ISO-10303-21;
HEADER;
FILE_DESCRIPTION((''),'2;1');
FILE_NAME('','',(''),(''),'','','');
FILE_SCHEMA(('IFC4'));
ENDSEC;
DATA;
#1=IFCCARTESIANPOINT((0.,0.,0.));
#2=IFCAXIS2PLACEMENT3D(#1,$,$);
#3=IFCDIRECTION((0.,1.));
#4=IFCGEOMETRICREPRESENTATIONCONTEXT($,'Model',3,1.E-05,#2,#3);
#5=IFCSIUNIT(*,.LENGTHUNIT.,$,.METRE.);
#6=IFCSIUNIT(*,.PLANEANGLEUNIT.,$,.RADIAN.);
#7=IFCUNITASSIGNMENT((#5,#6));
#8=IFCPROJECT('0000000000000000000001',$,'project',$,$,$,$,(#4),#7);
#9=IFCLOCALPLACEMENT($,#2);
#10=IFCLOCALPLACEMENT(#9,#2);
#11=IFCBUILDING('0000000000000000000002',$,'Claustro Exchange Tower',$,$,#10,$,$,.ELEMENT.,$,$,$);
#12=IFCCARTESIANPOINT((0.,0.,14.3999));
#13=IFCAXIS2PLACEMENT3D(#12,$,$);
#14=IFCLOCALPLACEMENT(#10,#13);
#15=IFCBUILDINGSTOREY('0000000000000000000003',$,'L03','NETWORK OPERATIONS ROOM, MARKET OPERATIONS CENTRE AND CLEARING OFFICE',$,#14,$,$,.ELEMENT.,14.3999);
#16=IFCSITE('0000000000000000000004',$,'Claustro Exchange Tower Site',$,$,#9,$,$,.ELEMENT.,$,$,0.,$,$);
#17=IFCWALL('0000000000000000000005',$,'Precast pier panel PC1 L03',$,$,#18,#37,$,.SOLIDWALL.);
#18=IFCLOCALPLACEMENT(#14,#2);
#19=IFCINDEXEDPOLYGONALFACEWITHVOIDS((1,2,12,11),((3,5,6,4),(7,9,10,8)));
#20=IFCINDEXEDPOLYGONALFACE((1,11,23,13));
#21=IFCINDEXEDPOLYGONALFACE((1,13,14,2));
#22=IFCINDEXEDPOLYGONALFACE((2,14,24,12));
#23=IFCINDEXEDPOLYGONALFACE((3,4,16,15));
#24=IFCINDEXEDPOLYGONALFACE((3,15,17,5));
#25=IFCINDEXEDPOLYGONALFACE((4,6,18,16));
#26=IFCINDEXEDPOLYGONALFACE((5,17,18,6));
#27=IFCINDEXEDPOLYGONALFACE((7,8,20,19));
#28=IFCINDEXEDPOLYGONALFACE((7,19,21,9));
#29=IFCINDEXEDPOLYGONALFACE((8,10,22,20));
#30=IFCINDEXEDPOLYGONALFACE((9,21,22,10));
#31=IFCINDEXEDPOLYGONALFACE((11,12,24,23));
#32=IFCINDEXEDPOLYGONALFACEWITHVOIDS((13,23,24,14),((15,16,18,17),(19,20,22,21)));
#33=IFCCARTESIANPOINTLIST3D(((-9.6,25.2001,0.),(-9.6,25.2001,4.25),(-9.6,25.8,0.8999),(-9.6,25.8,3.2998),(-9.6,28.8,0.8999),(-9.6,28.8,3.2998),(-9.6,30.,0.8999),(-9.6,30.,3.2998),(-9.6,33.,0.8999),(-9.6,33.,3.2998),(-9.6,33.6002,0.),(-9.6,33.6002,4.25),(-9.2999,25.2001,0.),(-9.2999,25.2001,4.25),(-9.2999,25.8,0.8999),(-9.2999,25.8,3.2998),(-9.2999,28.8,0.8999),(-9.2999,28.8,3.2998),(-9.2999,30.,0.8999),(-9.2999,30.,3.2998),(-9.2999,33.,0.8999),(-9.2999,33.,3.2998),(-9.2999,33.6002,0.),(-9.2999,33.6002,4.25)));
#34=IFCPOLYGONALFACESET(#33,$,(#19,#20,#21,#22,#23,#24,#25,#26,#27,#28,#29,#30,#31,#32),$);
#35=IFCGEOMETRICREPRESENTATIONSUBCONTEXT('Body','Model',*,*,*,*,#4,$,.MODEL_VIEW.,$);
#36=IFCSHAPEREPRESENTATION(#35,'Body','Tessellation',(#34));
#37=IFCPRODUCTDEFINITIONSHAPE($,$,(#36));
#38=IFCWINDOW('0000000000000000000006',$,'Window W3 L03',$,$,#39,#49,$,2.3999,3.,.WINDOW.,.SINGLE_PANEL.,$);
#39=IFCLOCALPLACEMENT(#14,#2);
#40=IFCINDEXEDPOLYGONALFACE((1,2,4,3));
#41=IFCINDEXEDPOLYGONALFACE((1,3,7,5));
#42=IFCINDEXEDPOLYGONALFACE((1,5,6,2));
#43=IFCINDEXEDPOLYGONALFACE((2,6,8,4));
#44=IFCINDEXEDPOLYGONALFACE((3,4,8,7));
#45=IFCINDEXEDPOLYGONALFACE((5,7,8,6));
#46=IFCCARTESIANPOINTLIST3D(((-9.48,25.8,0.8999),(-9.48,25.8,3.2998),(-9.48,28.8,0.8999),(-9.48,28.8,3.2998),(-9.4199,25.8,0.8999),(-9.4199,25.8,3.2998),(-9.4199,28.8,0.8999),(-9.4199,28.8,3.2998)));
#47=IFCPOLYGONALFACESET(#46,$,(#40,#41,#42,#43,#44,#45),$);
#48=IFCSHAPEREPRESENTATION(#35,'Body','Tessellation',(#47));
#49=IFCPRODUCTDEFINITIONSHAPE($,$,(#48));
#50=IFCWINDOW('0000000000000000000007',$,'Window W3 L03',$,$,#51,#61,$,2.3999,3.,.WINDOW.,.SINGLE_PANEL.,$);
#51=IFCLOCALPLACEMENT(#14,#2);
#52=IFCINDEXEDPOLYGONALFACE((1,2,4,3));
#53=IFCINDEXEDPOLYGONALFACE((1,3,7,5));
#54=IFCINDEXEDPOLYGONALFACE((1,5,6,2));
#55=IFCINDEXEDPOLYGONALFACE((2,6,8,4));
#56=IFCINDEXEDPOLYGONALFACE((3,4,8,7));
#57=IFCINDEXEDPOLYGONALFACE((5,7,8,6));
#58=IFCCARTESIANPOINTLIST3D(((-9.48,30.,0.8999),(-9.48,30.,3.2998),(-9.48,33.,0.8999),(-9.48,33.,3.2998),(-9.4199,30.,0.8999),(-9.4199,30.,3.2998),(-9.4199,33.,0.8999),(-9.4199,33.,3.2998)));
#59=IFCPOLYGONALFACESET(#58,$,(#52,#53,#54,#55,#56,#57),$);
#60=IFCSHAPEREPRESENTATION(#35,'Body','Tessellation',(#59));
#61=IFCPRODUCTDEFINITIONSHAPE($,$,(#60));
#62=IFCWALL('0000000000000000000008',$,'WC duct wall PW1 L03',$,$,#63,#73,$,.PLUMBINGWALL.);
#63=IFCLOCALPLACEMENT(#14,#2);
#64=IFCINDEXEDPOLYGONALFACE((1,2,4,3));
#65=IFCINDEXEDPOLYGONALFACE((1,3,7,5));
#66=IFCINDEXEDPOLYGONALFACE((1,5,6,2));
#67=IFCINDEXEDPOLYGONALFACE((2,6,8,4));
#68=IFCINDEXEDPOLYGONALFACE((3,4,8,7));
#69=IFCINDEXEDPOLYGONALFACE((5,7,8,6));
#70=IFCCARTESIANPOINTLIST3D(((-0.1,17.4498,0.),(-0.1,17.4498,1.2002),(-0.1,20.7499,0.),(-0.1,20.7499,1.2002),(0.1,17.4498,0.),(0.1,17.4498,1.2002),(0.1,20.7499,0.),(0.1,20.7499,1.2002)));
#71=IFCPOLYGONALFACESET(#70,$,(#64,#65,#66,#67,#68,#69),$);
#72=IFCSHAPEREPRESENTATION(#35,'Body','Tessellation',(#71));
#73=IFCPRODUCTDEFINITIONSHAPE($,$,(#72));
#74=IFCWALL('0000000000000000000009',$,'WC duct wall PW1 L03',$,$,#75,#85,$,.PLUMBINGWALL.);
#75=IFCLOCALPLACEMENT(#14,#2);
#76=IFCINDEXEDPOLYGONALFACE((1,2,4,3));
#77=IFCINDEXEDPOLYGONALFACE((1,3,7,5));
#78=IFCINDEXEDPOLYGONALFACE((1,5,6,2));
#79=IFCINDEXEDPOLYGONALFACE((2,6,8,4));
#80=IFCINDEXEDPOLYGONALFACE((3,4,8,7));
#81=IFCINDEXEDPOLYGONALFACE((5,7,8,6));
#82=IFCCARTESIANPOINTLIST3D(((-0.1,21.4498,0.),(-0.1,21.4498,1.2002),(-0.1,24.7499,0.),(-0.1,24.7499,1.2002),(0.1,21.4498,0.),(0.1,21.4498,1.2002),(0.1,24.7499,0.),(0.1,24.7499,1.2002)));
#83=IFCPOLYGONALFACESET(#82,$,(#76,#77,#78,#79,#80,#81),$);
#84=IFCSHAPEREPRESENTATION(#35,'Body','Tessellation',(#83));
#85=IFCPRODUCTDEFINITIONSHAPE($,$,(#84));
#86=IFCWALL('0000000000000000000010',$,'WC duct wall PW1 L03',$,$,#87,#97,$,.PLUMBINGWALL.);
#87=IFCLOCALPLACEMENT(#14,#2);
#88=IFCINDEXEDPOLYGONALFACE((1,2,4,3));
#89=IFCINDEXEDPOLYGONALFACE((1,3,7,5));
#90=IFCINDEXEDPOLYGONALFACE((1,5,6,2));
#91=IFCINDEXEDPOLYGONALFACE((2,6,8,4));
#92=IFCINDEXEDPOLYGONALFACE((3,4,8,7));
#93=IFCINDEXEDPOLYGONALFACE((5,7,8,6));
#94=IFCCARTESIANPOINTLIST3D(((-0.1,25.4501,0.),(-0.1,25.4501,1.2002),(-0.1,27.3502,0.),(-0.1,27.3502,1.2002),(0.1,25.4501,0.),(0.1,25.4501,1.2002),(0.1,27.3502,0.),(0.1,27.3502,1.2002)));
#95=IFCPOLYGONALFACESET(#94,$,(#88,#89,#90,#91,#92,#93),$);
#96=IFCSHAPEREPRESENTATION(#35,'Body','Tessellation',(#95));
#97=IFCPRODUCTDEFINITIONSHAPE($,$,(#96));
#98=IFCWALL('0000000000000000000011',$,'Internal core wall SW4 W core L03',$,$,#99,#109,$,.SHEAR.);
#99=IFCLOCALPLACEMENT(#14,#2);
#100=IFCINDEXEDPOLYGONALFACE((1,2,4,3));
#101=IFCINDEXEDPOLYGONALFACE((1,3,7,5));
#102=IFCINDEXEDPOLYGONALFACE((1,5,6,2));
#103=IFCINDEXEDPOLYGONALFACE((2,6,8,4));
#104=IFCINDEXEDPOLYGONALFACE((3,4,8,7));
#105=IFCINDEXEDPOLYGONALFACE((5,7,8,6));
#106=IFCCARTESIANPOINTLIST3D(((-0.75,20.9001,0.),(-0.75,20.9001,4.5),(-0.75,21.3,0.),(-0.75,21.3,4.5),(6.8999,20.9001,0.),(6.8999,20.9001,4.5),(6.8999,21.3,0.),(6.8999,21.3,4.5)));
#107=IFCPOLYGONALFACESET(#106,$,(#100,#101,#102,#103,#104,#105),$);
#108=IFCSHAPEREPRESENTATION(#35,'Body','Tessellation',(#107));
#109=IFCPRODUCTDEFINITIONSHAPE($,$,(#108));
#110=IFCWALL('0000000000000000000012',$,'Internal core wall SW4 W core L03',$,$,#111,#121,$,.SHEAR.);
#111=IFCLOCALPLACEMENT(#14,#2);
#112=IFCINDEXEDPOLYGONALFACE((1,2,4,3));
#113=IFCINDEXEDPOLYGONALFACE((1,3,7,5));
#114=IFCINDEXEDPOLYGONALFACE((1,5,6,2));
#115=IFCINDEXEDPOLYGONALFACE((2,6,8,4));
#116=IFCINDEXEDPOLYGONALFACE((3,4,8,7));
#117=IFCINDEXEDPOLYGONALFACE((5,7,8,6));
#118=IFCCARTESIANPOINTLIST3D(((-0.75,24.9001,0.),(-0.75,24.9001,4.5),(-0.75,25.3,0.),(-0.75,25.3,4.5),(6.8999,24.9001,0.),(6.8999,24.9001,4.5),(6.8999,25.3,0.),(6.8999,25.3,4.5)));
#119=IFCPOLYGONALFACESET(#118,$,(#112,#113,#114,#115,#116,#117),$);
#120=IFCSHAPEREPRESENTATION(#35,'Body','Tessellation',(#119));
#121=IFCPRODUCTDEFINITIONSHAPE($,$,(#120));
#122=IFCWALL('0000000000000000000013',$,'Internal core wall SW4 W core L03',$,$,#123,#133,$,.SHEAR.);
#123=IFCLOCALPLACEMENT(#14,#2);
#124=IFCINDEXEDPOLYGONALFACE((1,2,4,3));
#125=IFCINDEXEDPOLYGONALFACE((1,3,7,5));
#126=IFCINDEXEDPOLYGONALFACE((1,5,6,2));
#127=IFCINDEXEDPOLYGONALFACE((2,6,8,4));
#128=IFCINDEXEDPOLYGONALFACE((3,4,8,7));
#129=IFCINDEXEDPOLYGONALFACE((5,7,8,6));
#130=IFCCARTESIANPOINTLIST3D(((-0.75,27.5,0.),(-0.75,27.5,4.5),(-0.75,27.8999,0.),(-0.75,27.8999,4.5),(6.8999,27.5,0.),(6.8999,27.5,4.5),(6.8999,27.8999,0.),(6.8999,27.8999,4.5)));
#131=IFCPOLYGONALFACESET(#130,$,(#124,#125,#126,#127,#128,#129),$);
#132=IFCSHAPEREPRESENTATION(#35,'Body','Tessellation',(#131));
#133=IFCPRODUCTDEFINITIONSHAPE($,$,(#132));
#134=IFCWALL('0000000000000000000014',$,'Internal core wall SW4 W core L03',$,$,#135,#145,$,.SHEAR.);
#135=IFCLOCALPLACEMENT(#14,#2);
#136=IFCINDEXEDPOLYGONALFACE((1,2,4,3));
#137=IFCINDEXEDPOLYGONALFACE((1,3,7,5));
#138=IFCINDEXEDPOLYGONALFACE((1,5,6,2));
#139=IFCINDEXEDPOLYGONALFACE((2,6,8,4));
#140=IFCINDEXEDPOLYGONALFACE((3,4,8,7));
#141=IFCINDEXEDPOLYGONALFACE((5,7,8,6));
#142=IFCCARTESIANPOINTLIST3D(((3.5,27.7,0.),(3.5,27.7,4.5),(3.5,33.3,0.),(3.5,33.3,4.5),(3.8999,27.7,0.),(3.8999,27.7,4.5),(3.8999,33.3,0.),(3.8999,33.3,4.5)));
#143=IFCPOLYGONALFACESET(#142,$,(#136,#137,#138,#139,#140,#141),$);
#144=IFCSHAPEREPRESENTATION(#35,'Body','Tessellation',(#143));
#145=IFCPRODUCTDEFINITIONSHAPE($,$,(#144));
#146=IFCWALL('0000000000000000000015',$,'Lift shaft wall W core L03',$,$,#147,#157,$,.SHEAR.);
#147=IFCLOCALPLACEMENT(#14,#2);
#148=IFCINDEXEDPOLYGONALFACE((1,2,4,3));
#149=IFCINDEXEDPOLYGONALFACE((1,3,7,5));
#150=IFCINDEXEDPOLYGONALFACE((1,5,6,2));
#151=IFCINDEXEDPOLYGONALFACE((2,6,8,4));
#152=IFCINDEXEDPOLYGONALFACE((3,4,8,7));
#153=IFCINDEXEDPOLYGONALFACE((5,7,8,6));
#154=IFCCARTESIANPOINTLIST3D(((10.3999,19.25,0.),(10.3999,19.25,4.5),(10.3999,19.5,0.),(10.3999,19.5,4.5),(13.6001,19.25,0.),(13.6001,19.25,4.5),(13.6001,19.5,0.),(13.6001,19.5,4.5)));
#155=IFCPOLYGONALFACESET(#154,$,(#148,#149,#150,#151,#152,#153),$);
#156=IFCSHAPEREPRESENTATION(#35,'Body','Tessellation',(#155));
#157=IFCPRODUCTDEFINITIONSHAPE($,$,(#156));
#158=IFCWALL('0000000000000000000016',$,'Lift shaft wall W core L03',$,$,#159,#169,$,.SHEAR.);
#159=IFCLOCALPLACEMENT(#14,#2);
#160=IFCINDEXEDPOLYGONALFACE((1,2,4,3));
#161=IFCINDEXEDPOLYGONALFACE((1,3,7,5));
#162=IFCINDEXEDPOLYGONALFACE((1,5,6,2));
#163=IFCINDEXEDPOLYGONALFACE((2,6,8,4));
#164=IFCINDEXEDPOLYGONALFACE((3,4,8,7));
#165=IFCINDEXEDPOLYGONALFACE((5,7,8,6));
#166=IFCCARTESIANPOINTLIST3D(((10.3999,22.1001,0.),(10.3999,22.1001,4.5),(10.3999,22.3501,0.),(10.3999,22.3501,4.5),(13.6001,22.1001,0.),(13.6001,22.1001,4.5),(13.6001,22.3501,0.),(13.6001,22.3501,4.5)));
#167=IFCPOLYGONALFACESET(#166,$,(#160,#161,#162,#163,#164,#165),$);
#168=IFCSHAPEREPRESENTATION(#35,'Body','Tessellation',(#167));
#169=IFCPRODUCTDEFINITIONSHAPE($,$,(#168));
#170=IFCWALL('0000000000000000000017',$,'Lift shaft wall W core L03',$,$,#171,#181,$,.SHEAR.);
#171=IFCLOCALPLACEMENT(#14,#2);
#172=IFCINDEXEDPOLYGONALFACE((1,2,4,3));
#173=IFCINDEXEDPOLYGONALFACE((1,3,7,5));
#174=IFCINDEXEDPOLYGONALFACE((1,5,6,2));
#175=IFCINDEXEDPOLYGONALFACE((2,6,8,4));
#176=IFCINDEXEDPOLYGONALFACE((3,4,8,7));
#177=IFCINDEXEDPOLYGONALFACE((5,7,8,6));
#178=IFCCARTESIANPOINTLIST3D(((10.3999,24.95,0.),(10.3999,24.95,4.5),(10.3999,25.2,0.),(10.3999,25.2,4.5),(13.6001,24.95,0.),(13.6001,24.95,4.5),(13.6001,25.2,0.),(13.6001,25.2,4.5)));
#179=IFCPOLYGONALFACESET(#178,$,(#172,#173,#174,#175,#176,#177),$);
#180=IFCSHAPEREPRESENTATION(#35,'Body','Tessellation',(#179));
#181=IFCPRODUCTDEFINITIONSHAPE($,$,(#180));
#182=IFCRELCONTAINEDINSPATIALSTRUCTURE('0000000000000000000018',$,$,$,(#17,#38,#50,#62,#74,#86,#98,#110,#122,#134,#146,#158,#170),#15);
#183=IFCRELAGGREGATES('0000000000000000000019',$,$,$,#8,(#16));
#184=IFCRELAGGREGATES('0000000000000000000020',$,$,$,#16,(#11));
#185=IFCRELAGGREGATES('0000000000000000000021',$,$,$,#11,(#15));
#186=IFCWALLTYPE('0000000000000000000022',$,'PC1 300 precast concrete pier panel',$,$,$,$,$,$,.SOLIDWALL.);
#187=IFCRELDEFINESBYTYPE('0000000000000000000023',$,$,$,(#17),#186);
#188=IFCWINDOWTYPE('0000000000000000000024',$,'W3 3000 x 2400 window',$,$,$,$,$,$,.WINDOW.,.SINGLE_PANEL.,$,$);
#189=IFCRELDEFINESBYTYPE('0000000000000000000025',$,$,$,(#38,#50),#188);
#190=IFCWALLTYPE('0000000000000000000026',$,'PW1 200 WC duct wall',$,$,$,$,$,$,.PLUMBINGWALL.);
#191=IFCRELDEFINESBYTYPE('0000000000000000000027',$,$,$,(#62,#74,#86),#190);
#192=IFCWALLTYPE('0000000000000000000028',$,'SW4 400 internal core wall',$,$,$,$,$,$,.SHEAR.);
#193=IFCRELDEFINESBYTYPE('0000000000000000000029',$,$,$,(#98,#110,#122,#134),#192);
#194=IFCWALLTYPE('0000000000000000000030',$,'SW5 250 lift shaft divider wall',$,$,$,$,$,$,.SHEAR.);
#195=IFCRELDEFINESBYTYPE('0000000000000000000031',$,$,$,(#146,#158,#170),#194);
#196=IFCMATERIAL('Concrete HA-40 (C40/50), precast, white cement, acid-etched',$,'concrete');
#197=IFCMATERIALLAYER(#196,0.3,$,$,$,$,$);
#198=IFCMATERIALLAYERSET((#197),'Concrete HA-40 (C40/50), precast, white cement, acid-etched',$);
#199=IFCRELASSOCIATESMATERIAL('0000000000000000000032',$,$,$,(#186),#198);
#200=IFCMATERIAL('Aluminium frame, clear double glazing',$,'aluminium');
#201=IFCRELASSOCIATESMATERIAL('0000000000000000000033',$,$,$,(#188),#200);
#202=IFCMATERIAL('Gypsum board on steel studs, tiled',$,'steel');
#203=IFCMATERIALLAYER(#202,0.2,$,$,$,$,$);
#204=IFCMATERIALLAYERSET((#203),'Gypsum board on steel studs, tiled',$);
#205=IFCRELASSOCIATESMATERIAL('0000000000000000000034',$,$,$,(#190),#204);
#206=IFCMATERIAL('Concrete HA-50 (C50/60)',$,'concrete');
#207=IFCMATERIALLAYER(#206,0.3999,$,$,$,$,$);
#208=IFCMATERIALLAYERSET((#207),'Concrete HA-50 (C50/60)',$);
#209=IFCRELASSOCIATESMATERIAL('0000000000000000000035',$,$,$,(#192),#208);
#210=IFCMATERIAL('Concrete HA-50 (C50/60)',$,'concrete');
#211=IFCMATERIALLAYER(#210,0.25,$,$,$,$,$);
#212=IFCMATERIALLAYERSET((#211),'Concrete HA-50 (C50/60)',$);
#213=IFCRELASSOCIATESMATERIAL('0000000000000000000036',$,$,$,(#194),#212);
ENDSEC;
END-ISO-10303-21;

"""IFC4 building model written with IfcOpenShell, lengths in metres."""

from ifc_helpers import new_model, si_unit, direction, frame, frame_2d, origin, place, context, subcontext, project, spatial, rectangle, extrude, material, layer, layer_set, type_object, element, fill, save


model = new_model("IFC4")

# Units and contexts
model_context = context("Model", 3, precision=1e-05, world=origin(), true_north=direction((0.0, 1.0)))
body_context = subcontext(model_context, "Body", "Model", "MODEL_VIEW")
ifc_project = project(units=[si_unit("LENGTHUNIT", "METRE"), si_unit("PLANEANGLEUNIT", "RADIAN")], contexts=[model_context])

# Site, building, storey
site_placement = place(None, origin())
site = spatial("IfcSite", under=ifc_project, at=site_placement, Name="Claustro Exchange Tower Site", CompositionType="ELEMENT", RefElevation=0.0)
building_placement = place(site_placement, origin())
building = spatial("IfcBuilding", under=site, at=building_placement, Name="Claustro Exchange Tower", CompositionType="ELEMENT")
storey_placement = place(building_placement, frame((0.0, 0.0, 14.3999)))
storey = spatial("IfcBuildingStorey", under=building, at=storey_placement, Name="L03", Description="NETWORK OPERATIONS ROOM, MARKET OPERATIONS CENTRE AND CLEARING OFFICE", CompositionType="ELEMENT", Elevation=14.3999)

# Wall, openings, windows
ifc_material_1 = material(Name="Concrete HA-40 (C40/50), precast, white cement, acid-etched", Category="concrete")
ifc_layer_1 = layer(ifc_material_1, 0.3)
ifc_layer_set_1 = layer_set([ifc_layer_1], Name="Concrete HA-40 (C40/50), precast, white cement, acid-etched")
wall_type_1 = type_object("IfcWallType", Name="PC1 300 precast concrete pier panel", PredefinedType="SOLIDWALL", material=ifc_layer_set_1)
wall_1_placement = place(storey_placement, frame((-9.45, 25.2, 0.0), z_axis=(0.0, 0.0, 1.0), x_axis=(0.0, 1.0, 0.0)))
wall_1 = element("IfcWall", 1, at=wall_1_placement, inside=storey, type_object=wall_type_1, Name="Precast pier panel PC1 L03", PredefinedType="SOLIDWALL", context=body_context, shape_type="SweptSolid", body=[
    extrude(rectangle(XDim=8.4001, YDim=0.3, at=frame_2d((4.2002, 0.0))), origin(), (0.0, 0.0, 1.0), 4.25),
])
opening_1_placement = place(wall_1_placement, frame((0.6001, 0.0, 0.8999)))
opening_1 = element("IfcOpeningElement", 2, at=opening_1_placement, cuts=wall_1, PredefinedType="OPENING", context=body_context, shape_type="SweptSolid", body=[
    extrude(rectangle(XDim=3.0, YDim=2.3999, at=frame_2d((1.5, 1.2))), frame((0.0, 0.1599, 0.0), z_axis=(0.0, -1.0, 0.0), x_axis=(1.0, 0.0, 0.0)), (0.0, 0.0, 1.0), 0.3201),
])
opening_2_placement = place(wall_1_placement, frame((4.8, 0.0, 0.8999)))
opening_2 = element("IfcOpeningElement", 3, at=opening_2_placement, cuts=wall_1, PredefinedType="OPENING", context=body_context, shape_type="SweptSolid", body=[
    extrude(rectangle(XDim=3.0, YDim=2.3999, at=frame_2d((1.5, 1.2))), frame((0.0, 0.1599, 0.0), z_axis=(0.0, -1.0, 0.0), x_axis=(1.0, 0.0, 0.0)), (0.0, 0.0, 1.0), 0.3201),
])
ifc_material_2 = material(Name="Aluminium frame, clear double glazing", Category="aluminium")
window_type = type_object("IfcWindowType", Name="W3 3000 x 2400 window", PartitioningType="SINGLE_PANEL", PredefinedType="WINDOW", material=ifc_material_2)
window_1_placement = place(opening_1_placement, origin())
window_1 = element("IfcWindow", 4, at=window_1_placement, inside=storey, type_object=window_type, Name="Window W3 L03", OverallHeight=2.3999, OverallWidth=3.0, PartitioningType="SINGLE_PANEL", PredefinedType="WINDOW", context=body_context, shape_type="SweptSolid", body=[
    extrude(rectangle(XDim=3.0, YDim=2.3999, at=frame_2d((1.5, 1.2))), frame((0.0, 0.03, 0.0), z_axis=(0.0, -1.0, 0.0), x_axis=(1.0, 0.0, 0.0)), (0.0, 0.0, 1.0), 0.0601),
])
fill(opening_1, window_1)
window_2_placement = place(opening_2_placement, origin())
window_2 = element("IfcWindow", 5, at=window_2_placement, inside=storey, type_object=window_type, Name="Window W3 L03", OverallHeight=2.3999, OverallWidth=3.0, PartitioningType="SINGLE_PANEL", PredefinedType="WINDOW", context=body_context, shape_type="SweptSolid", body=[
    extrude(rectangle(XDim=3.0, YDim=2.3999, at=frame_2d((1.5, 1.2))), frame((0.0, 0.03, 0.0), z_axis=(0.0, -1.0, 0.0), x_axis=(1.0, 0.0, 0.0)), (0.0, 0.0, 1.0), 0.0601),
])
fill(opening_2, window_2)

# Walls
ifc_material_3 = material(Name="Gypsum board on steel studs, tiled", Category="steel")
ifc_layer_2 = layer(ifc_material_3, 0.2)
ifc_layer_set_2 = layer_set([ifc_layer_2], Name="Gypsum board on steel studs, tiled")
wall_type_2 = type_object("IfcWallType", Name="PW1 200 WC duct wall", PredefinedType="PLUMBINGWALL", material=ifc_layer_set_2)
for number, where, z_axis, x_axis, name in (
    (6, (0.0, 17.45, 0.0), (0.0, 0.0, 1.0), (0.0, 1.0, 0.0), "WC duct wall PW1 L03"),
    (7, (0.0, 21.45, 0.0), (0.0, 0.0, 1.0), (0.0, 1.0, 0.0), "WC duct wall PW1 L03"),
):
    element("IfcWall", number, at=place(storey_placement, frame(where, z_axis=z_axis, x_axis=x_axis)), inside=storey, type_object=wall_type_2, Name=name, PredefinedType="PLUMBINGWALL", context=body_context, shape_type="SweptSolid", body=[
        extrude(rectangle(XDim=3.3, YDim=0.2, at=frame_2d((1.6499, 0.0))), origin(), (0.0, 0.0, 1.0), 1.2002),
    ])
wall_2_placement = place(storey_placement, frame((0.0, 25.45, 0.0), z_axis=(0.0, 0.0, 1.0), x_axis=(0.0, 1.0, 0.0)))
element("IfcWall", 8, at=wall_2_placement, inside=storey, type_object=wall_type_2, Name="WC duct wall PW1 L03", PredefinedType="PLUMBINGWALL", context=body_context, shape_type="SweptSolid", body=[
    extrude(rectangle(XDim=1.9001, YDim=0.2, at=frame_2d((0.9502, 0.0))), origin(), (0.0, 0.0, 1.0), 1.2002),
])
ifc_material_4 = material(Name="Concrete HA-50 (C50/60)", Category="concrete")
ifc_layer_3 = layer(ifc_material_4, 0.3999)
ifc_layer_set_3 = layer_set([ifc_layer_3], Name="Concrete HA-50 (C50/60)")
wall_type_3 = type_object("IfcWallType", Name="SW4 400 internal core wall", PredefinedType="SHEAR", material=ifc_layer_set_3)
for number, where, z_axis, x_axis, name in (
    (9, (-0.75, 21.1001, 0.0), (0.0, 0.0, 1.0), (1.0, 0.0, 0.0), "Internal core wall SW4 W core L03"),
    (10, (-0.75, 25.1001, 0.0), (0.0, 0.0, 1.0), (1.0, 0.0, 0.0), "Internal core wall SW4 W core L03"),
    (11, (-0.75, 27.7, 0.0), (0.0, 0.0, 1.0), (1.0, 0.0, 0.0), "Internal core wall SW4 W core L03"),
):
    element("IfcWall", number, at=place(storey_placement, frame(where, z_axis=z_axis, x_axis=x_axis)), inside=storey, type_object=wall_type_3, Name=name, PredefinedType="SHEAR", context=body_context, shape_type="SweptSolid", body=[
        extrude(rectangle(XDim=7.6499, YDim=0.3999, at=frame_2d((3.825, 0.0))), origin(), (0.0, 0.0, 1.0), 4.5),
    ])
wall_3_placement = place(storey_placement, frame((3.7, 27.7, 0.0), z_axis=(0.0, 0.0, 1.0), x_axis=(0.0, 1.0, 0.0)))
element("IfcWall", 12, at=wall_3_placement, inside=storey, type_object=wall_type_3, Name="Internal core wall SW4 W core L03", PredefinedType="SHEAR", context=body_context, shape_type="SweptSolid", body=[
    extrude(rectangle(XDim=5.6001, YDim=0.3999, at=frame_2d((2.8, 0.0))), origin(), (0.0, 0.0, 1.0), 4.5),
])
ifc_material_5 = material(Name="Concrete HA-50 (C50/60)", Category="concrete")
ifc_layer_4 = layer(ifc_material_5, 0.25)
ifc_layer_set_4 = layer_set([ifc_layer_4], Name="Concrete HA-50 (C50/60)")
wall_type_4 = type_object("IfcWallType", Name="SW5 250 lift shaft divider wall", PredefinedType="SHEAR", material=ifc_layer_set_4)
for number, where, z_axis, x_axis, name in (
    (13, (10.3999, 19.375, 0.0), (0.0, 0.0, 1.0), (1.0, 0.0, 0.0), "Lift shaft wall W core L03"),
    (14, (10.3999, 22.2251, 0.0), (0.0, 0.0, 1.0), (1.0, 0.0, 0.0), "Lift shaft wall W core L03"),
    (15, (10.3999, 25.075, 0.0), (0.0, 0.0, 1.0), (1.0, 0.0, 0.0), "Lift shaft wall W core L03"),
):
    element("IfcWall", number, at=place(storey_placement, frame(where, z_axis=z_axis, x_axis=x_axis)), inside=storey, type_object=wall_type_4, Name=name, PredefinedType="SHEAR", context=body_context, shape_type="SweptSolid", body=[
        extrude(rectangle(XDim=3.2002, YDim=0.25, at=frame_2d((1.6001, 0.0))), origin(), (0.0, 0.0, 1.0), 4.5),
    ])

save(model, "model.ifc")
